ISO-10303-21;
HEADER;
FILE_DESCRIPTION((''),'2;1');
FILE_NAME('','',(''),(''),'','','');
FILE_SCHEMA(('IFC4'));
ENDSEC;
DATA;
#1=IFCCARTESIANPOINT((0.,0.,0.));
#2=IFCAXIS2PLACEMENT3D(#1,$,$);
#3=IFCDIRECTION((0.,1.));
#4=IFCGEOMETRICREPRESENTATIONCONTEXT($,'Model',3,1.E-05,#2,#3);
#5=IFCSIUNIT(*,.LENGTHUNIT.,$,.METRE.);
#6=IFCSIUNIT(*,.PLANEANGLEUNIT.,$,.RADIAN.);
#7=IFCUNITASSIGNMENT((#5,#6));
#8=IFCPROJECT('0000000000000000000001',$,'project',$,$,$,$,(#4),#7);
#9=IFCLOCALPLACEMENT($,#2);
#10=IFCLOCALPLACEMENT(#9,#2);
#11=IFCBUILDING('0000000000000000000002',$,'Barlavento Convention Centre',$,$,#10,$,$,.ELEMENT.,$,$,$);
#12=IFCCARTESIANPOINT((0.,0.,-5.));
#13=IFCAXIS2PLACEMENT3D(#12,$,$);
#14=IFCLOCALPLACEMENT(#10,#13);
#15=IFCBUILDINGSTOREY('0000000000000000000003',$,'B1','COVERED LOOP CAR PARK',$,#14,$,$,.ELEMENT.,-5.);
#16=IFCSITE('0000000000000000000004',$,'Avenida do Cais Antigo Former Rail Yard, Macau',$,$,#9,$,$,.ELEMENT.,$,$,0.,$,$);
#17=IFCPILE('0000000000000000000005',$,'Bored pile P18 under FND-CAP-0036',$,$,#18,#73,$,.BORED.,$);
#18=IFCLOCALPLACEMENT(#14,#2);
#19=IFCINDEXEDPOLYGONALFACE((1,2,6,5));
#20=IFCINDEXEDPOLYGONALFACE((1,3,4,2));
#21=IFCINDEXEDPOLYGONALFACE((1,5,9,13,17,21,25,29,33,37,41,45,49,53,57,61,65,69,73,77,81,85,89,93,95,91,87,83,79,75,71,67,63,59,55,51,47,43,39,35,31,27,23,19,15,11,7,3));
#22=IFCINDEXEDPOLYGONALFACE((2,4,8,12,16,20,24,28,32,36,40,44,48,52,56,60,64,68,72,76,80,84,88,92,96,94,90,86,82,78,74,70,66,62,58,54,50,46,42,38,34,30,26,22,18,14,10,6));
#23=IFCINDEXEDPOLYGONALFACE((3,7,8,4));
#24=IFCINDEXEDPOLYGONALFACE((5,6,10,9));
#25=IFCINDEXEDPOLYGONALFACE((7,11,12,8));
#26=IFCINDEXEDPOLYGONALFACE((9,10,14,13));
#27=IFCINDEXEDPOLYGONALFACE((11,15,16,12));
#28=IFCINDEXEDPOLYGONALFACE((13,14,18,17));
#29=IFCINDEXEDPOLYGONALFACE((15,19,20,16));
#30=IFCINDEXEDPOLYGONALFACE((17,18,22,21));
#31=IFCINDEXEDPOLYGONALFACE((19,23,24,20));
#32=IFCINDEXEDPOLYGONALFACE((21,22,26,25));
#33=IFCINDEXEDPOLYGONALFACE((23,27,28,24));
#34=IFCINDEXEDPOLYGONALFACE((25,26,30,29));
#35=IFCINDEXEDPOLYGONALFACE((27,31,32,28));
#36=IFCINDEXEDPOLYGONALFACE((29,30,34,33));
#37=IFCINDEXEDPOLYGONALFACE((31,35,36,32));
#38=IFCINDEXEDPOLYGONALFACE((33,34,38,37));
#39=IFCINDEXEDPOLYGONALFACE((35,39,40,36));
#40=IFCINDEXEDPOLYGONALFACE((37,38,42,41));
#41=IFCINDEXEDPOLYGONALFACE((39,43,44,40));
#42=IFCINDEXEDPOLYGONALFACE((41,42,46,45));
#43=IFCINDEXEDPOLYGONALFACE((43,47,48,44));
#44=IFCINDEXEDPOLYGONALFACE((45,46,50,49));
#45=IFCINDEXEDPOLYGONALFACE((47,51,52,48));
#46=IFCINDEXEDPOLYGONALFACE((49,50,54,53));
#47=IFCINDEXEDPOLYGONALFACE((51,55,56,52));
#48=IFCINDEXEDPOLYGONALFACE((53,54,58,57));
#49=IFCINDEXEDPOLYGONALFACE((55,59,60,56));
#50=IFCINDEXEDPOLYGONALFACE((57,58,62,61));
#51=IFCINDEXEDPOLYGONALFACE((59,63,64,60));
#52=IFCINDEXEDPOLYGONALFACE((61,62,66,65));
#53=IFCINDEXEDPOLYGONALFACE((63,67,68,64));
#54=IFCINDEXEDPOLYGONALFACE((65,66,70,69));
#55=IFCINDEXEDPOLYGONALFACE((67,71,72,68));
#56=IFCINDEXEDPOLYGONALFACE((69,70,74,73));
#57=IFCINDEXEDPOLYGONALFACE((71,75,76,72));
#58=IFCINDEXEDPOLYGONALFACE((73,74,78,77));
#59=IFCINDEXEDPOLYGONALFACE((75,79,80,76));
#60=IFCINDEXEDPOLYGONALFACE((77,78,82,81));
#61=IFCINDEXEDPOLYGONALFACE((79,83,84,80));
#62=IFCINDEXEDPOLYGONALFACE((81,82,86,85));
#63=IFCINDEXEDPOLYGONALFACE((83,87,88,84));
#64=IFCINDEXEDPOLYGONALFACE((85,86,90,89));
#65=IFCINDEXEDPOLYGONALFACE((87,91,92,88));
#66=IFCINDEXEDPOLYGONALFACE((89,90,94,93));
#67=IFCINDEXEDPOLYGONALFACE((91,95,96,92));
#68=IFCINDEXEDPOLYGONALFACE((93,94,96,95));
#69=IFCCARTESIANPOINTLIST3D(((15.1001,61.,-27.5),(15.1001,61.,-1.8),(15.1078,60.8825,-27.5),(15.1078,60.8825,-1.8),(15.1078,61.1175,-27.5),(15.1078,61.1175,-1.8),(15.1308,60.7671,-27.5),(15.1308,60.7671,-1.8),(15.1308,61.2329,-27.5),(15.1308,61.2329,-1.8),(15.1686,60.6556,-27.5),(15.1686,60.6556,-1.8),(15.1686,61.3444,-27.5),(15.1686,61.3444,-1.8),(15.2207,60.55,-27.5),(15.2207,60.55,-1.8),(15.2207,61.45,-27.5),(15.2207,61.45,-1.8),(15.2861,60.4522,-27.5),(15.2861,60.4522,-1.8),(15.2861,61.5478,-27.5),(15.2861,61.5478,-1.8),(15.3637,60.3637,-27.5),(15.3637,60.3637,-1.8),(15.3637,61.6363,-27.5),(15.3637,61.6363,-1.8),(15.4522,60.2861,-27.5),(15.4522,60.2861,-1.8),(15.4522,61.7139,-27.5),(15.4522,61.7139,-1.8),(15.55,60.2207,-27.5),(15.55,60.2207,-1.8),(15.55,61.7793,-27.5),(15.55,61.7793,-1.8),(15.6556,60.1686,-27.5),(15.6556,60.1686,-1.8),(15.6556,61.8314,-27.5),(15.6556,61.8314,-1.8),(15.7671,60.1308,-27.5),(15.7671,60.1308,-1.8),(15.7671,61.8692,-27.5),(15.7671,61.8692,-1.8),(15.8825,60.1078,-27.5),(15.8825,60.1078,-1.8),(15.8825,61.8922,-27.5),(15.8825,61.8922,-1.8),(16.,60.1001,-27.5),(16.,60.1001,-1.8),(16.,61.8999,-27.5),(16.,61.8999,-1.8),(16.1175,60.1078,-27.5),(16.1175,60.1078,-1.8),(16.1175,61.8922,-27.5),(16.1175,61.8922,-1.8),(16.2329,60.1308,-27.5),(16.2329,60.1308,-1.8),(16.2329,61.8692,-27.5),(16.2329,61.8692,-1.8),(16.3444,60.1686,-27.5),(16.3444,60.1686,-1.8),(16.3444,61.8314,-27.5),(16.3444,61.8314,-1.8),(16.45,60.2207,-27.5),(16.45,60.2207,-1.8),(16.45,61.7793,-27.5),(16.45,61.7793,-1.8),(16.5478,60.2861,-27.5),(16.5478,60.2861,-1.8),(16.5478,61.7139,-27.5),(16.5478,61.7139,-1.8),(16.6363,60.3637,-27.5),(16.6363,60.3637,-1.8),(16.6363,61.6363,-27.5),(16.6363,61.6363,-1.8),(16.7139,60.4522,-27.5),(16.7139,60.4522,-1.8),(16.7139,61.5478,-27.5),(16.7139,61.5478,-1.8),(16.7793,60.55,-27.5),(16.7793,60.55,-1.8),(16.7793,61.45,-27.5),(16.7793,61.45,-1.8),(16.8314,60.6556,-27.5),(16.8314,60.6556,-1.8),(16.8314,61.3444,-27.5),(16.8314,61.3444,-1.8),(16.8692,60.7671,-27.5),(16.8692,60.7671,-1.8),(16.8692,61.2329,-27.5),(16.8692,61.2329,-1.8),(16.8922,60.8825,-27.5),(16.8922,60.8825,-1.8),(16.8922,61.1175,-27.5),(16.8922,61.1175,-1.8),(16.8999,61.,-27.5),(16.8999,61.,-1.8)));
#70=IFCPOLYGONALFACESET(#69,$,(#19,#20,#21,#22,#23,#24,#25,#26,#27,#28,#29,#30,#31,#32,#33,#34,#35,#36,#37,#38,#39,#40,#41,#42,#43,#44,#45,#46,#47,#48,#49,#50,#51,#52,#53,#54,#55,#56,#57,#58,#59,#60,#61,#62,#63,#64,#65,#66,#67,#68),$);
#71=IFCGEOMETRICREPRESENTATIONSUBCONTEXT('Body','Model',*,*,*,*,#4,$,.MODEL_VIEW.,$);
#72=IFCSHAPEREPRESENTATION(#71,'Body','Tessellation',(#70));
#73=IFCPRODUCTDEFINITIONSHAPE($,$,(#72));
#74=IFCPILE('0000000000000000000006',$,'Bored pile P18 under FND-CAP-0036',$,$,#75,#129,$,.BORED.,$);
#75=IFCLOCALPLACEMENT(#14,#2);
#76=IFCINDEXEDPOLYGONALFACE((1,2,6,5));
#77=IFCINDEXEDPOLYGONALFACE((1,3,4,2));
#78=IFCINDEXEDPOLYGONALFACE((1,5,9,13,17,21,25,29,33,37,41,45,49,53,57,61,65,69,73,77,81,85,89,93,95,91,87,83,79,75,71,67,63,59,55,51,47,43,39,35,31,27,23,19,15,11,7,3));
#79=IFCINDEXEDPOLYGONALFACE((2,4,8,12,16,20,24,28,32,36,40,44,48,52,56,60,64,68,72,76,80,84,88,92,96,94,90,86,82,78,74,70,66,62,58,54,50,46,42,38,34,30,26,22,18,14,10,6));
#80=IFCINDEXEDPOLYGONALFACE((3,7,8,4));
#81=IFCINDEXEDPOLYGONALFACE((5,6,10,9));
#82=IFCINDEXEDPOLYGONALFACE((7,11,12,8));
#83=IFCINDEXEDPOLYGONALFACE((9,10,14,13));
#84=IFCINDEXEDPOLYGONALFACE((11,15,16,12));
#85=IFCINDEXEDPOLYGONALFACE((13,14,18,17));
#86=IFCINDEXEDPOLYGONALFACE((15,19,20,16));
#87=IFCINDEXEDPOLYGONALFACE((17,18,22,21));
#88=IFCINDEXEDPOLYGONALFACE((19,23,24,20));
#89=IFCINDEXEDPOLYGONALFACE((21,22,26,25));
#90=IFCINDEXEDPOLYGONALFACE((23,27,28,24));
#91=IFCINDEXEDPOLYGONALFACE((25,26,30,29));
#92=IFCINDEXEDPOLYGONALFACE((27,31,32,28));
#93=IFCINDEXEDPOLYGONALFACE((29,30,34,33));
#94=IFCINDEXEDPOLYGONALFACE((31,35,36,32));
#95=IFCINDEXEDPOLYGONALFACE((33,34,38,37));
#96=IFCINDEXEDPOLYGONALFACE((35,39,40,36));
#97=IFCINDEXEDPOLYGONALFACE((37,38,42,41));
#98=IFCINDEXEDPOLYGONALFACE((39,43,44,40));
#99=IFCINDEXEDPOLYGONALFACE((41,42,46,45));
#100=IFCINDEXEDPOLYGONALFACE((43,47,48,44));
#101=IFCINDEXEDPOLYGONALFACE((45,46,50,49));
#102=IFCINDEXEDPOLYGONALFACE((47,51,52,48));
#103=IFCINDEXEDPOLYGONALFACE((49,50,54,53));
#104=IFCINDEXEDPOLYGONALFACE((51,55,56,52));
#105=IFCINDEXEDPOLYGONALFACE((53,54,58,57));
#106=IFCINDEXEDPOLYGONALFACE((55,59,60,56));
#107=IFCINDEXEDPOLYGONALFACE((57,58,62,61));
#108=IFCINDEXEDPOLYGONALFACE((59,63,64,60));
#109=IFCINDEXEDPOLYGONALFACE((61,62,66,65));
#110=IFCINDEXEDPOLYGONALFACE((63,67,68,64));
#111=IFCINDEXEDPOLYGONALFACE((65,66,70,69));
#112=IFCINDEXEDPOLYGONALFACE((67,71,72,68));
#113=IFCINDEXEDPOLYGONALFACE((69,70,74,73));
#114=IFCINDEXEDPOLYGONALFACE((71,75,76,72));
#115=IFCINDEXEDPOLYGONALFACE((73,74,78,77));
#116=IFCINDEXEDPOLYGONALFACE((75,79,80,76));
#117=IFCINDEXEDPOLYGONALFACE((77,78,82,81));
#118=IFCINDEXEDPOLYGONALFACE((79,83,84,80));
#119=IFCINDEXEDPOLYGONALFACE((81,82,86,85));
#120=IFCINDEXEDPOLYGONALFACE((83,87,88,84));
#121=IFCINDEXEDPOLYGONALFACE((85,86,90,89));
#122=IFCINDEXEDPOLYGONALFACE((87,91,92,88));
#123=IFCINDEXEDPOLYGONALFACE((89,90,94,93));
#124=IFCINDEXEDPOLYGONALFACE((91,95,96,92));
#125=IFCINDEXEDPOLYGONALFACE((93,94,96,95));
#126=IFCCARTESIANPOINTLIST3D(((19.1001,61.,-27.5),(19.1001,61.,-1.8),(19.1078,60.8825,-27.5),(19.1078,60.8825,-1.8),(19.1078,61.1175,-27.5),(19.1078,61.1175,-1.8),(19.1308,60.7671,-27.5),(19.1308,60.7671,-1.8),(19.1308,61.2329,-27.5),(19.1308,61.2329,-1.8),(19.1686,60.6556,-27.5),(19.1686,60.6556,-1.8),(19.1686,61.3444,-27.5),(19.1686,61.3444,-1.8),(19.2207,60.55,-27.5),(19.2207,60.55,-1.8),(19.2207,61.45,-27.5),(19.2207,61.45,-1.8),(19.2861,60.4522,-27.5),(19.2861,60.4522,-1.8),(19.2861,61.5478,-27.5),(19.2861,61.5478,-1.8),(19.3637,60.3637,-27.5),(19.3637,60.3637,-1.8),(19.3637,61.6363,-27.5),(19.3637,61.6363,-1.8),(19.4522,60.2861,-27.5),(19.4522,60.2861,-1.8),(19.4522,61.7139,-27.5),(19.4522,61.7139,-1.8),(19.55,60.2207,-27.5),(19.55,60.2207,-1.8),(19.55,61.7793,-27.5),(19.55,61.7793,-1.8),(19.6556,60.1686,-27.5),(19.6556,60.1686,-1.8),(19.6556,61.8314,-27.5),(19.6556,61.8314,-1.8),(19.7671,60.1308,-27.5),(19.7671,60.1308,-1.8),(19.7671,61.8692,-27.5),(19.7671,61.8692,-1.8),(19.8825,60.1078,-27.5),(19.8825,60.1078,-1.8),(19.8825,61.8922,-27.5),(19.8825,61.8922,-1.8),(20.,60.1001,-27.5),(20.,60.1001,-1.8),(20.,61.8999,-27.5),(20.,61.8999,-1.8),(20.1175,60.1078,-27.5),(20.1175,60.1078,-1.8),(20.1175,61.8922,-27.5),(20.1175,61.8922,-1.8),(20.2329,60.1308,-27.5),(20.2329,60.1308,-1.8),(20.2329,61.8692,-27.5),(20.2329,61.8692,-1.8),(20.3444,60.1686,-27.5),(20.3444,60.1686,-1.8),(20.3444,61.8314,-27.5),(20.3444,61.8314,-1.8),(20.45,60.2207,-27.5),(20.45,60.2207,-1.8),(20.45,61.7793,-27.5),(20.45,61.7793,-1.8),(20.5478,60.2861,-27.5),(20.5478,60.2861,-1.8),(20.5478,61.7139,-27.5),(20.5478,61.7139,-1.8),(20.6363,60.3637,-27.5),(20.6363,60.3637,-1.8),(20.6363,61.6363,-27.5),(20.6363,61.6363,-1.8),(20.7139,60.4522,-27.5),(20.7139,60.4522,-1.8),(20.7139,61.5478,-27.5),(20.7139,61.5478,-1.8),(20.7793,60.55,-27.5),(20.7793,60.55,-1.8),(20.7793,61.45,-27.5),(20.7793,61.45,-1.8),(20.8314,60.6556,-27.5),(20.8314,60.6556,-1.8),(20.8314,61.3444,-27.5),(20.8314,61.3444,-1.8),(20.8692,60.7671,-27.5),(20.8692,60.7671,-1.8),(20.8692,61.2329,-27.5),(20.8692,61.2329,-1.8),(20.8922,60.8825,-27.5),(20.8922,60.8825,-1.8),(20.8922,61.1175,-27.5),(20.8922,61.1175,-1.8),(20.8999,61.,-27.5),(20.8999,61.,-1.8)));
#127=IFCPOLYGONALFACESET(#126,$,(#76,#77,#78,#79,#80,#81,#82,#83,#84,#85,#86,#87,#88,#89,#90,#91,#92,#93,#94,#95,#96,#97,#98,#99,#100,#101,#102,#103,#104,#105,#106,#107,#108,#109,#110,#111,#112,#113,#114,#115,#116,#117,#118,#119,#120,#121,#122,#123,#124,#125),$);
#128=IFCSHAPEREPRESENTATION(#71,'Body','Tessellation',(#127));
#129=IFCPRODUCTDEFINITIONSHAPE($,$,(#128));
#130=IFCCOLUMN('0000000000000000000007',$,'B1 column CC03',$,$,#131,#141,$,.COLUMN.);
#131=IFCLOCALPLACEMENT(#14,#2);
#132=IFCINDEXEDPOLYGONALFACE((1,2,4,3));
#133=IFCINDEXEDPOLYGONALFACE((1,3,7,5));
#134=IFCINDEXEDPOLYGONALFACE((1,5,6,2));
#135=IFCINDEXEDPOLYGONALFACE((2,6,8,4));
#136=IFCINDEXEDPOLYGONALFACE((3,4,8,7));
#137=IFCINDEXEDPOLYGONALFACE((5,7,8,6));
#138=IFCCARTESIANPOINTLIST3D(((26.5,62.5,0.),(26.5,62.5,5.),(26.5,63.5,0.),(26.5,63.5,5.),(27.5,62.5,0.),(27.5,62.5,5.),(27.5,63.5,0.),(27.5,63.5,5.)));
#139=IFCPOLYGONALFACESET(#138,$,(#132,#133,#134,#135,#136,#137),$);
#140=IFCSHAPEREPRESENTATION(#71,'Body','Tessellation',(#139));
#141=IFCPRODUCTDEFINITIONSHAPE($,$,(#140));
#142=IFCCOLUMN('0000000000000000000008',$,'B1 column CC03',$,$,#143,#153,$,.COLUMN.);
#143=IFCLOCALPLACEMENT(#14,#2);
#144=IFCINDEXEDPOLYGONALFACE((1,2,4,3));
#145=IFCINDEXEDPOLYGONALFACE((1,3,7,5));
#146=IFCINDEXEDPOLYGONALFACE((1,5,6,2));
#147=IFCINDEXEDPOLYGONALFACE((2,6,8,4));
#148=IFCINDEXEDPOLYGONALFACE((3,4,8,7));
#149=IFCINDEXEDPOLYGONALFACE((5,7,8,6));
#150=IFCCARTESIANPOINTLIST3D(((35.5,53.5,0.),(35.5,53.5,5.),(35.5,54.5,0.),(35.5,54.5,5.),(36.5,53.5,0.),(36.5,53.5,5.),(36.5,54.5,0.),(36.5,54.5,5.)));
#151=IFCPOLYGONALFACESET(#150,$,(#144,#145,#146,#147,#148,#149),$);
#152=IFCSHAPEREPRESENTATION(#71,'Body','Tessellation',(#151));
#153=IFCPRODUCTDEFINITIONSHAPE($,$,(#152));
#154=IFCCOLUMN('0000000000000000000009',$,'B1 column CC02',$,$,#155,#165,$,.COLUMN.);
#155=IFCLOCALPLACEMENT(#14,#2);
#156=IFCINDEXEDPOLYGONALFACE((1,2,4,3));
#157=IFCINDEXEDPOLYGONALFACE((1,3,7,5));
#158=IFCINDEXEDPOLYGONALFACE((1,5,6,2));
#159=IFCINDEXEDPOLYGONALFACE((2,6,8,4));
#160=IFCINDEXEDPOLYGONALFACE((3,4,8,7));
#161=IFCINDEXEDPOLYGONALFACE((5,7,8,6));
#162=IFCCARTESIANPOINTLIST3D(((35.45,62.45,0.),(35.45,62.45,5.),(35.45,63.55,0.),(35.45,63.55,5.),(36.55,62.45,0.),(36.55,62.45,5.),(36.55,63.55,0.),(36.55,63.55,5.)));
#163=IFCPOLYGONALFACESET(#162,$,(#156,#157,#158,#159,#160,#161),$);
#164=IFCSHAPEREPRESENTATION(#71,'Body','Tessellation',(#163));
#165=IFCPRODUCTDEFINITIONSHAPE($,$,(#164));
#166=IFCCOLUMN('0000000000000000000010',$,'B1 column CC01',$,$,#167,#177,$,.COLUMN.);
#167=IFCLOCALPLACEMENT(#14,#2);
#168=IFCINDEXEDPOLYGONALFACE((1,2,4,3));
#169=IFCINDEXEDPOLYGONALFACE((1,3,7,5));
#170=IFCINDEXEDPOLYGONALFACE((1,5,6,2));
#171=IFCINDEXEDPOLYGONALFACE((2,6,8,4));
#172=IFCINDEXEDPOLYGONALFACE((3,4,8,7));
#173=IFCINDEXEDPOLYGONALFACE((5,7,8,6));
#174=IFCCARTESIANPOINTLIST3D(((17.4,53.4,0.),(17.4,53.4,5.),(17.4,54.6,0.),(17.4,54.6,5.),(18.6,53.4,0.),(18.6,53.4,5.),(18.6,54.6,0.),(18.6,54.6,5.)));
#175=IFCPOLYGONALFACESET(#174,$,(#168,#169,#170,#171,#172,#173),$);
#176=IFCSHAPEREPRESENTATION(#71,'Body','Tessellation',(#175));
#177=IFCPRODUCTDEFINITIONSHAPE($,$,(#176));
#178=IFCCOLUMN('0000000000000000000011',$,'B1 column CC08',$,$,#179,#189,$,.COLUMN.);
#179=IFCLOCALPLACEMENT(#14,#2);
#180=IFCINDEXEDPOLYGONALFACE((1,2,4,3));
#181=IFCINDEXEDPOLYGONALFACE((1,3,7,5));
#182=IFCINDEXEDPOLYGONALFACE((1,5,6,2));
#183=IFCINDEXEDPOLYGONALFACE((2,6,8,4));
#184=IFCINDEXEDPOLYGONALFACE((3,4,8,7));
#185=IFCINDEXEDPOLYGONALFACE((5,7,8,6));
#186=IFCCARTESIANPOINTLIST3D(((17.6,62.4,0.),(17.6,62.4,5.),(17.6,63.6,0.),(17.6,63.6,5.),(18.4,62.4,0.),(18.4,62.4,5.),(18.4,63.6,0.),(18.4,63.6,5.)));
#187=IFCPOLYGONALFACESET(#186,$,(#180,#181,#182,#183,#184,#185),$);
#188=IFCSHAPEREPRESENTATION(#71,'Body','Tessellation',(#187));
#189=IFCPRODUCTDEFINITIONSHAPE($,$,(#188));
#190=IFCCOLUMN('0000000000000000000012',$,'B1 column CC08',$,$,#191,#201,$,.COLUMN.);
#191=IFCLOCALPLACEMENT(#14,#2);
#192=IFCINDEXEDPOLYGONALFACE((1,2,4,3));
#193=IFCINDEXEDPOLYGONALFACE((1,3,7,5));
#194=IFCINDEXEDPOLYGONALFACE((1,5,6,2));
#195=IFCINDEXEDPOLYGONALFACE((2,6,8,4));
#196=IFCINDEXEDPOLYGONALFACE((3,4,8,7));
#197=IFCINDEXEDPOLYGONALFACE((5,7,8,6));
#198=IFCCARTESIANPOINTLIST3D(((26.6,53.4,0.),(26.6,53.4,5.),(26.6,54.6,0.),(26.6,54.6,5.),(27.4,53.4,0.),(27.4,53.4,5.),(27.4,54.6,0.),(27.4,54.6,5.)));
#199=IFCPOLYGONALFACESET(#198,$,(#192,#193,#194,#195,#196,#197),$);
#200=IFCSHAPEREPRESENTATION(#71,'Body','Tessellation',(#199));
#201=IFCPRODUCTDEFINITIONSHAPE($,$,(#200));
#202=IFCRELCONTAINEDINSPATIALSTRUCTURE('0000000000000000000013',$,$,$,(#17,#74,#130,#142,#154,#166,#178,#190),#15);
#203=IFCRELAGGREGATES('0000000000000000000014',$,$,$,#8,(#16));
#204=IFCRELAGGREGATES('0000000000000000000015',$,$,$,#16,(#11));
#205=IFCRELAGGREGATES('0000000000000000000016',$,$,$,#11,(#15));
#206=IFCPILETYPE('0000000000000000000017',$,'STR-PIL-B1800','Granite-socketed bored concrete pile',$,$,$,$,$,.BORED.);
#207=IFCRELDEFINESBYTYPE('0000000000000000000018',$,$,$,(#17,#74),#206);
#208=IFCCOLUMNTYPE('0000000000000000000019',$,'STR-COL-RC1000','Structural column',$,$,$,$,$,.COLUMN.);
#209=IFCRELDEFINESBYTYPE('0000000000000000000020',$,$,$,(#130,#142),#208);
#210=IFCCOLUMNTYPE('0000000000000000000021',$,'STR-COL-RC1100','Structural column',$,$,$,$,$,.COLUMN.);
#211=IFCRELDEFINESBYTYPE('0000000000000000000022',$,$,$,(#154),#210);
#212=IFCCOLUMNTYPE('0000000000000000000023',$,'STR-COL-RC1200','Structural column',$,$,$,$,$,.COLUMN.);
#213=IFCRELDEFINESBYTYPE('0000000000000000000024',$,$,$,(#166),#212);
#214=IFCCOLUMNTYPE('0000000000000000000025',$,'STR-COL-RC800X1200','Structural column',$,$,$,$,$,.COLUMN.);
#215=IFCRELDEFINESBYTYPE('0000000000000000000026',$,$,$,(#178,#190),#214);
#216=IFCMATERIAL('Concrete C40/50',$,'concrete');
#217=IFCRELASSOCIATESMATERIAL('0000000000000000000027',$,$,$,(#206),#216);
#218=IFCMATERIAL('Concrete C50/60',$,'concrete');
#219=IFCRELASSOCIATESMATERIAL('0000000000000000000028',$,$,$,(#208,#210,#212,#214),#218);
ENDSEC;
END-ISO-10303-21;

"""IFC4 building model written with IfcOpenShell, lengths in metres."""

from ifc_helpers import new_model, si_unit, direction, frame, origin, origin_2d, place, context, subcontext, project, spatial, rectangle, circle, extrude, material, material_profile, profile_set, type_object, element, save


model = new_model("IFC4")

# Units and contexts
model_context = context("Model", 3, precision=1e-05, world=origin(), true_north=direction((0.0, 1.0)))
body_context = subcontext(model_context, "Body", "Model", "MODEL_VIEW")
ifc_project = project(units=[si_unit("LENGTHUNIT", "METRE"), si_unit("PLANEANGLEUNIT", "RADIAN")], contexts=[model_context])

# Site, building, storey
site_placement = place(None, origin())
site = spatial("IfcSite", under=ifc_project, at=site_placement, Name="Avenida do Cais Antigo Former Rail Yard, Macau", CompositionType="ELEMENT", RefElevation=0.0)
building_placement = place(site_placement, origin())
building = spatial("IfcBuilding", under=site, at=building_placement, Name="Barlavento Convention Centre", CompositionType="ELEMENT")
storey_placement = place(building_placement, frame((0.0, 0.0, -5.0)))
storey = spatial("IfcBuildingStorey", under=building, at=storey_placement, Name="B1", Description="COVERED LOOP CAR PARK", CompositionType="ELEMENT", Elevation=-5.0)

# Shared definitions
ifc_material_1 = material(Name="Concrete C40/50", Category="concrete")

# Piles
ifc_material_profile_1 = material_profile(ifc_material_1, circle(Radius=0.8999, at=origin_2d()), Name="BORED PILE 1800")
ifc_profile_set_1 = profile_set([ifc_material_profile_1], Name="Concrete C40/50")
pile_type_1 = type_object("IfcPileType", Name="STR-PIL-B1800", Description="Granite-socketed bored concrete pile", PredefinedType="BORED", material=ifc_profile_set_1)
for number, where, z_axis, x_axis, name in (
    (1, (16.0, 61.0, -1.8), (0.0, 0.0, -1.0), (1.0, 0.0, 0.0), "Bored pile P18 under FND-CAP-0036"),
    (2, (20.0, 61.0, -1.8), (0.0, 0.0, -1.0), (1.0, 0.0, 0.0), "Bored pile P18 under FND-CAP-0036"),
):
    element("IfcPile", number, at=place(storey_placement, frame(where, z_axis=z_axis, x_axis=x_axis)), inside=storey, type_object=pile_type_1, Name=name, PredefinedType="BORED", context=body_context, shape_type="SweptSolid", body=[
        extrude(circle(Radius=0.8999, at=origin_2d()), origin(), (0.0, 0.0, 1.0), 25.7),
    ])

# Columns
ifc_material_2 = material(Name="Concrete C50/60", Category="concrete")
ifc_material_profile_2 = material_profile(ifc_material_2, rectangle(XDim=1.0, YDim=1.0, at=origin_2d()), Name="RC 1000x1000")
ifc_profile_set_2 = profile_set([ifc_material_profile_2], Name="Concrete C50/60")
column_type_1 = type_object("IfcColumnType", Name="STR-COL-RC1000", Description="Structural column", PredefinedType="COLUMN", material=ifc_profile_set_2)
for number, where, z_axis, x_axis, name in (
    (3, (27.0, 63.0, 0.0), (0.0, 0.0, 1.0), (1.0, 0.0, 0.0), "B1 column CC03"),
    (4, (36.0, 54.0, 0.0), (0.0, 0.0, 1.0), (1.0, 0.0, 0.0), "B1 column CC03"),
):
    element("IfcColumn", number, at=place(storey_placement, frame(where, z_axis=z_axis, x_axis=x_axis)), inside=storey, type_object=column_type_1, Name=name, PredefinedType="COLUMN", context=body_context, shape_type="SweptSolid", body=[
        extrude(rectangle(XDim=1.0, YDim=1.0, at=origin_2d()), origin(), (0.0, 0.0, 1.0), 5.0),
    ])
ifc_material_profile_3 = material_profile(ifc_material_2, rectangle(XDim=1.1001, YDim=1.1001, at=origin_2d()), Name="RC 1100x1100")
ifc_profile_set_3 = profile_set([ifc_material_profile_3], Name="Concrete C50/60")
column_type_2 = type_object("IfcColumnType", Name="STR-COL-RC1100", Description="Structural column", PredefinedType="COLUMN", material=ifc_profile_set_3)
column_1_placement = place(storey_placement, frame((36.0, 63.0, 0.0), z_axis=(0.0, 0.0, 1.0), x_axis=(1.0, 0.0, 0.0)))
element("IfcColumn", 5, at=column_1_placement, inside=storey, type_object=column_type_2, Name="B1 column CC02", PredefinedType="COLUMN", context=body_context, shape_type="SweptSolid", body=[
    extrude(rectangle(XDim=1.1001, YDim=1.1001, at=origin_2d()), origin(), (0.0, 0.0, 1.0), 5.0),
])
ifc_material_profile_4 = material_profile(ifc_material_2, rectangle(XDim=1.2, YDim=1.2, at=origin_2d()), Name="RC 1200x1200")
ifc_profile_set_4 = profile_set([ifc_material_profile_4], Name="Concrete C50/60")
column_type_3 = type_object("IfcColumnType", Name="STR-COL-RC1200", Description="Structural column", PredefinedType="COLUMN", material=ifc_profile_set_4)
column_2_placement = place(storey_placement, frame((18.0, 54.0, 0.0), z_axis=(0.0, 0.0, 1.0), x_axis=(1.0, 0.0, 0.0)))
element("IfcColumn", 6, at=column_2_placement, inside=storey, type_object=column_type_3, Name="B1 column CC01", PredefinedType="COLUMN", context=body_context, shape_type="SweptSolid", body=[
    extrude(rectangle(XDim=1.2, YDim=1.2, at=origin_2d()), origin(), (0.0, 0.0, 1.0), 5.0),
])
ifc_material_profile_5 = material_profile(ifc_material_2, rectangle(XDim=0.8, YDim=1.2, at=origin_2d()), Name="RC 800x1200")
ifc_profile_set_5 = profile_set([ifc_material_profile_5], Name="Concrete C50/60")
column_type_4 = type_object("IfcColumnType", Name="STR-COL-RC800X1200", Description="Structural column", PredefinedType="COLUMN", material=ifc_profile_set_5)
for number, where, z_axis, x_axis, name in (
    (7, (18.0, 63.0, 0.0), (0.0, 0.0, 1.0), (1.0, 0.0, 0.0), "B1 column CC08"),
    (8, (27.0, 54.0, 0.0), (0.0, 0.0, 1.0), (1.0, 0.0, 0.0), "B1 column CC08"),
):
    element("IfcColumn", number, at=place(storey_placement, frame(where, z_axis=z_axis, x_axis=x_axis)), inside=storey, type_object=column_type_4, Name=name, PredefinedType="COLUMN", context=body_context, shape_type="SweptSolid", body=[
        extrude(rectangle(XDim=0.8, YDim=1.2, at=origin_2d()), origin(), (0.0, 0.0, 1.0), 5.0),
    ])

save(model, "model.ifc")
